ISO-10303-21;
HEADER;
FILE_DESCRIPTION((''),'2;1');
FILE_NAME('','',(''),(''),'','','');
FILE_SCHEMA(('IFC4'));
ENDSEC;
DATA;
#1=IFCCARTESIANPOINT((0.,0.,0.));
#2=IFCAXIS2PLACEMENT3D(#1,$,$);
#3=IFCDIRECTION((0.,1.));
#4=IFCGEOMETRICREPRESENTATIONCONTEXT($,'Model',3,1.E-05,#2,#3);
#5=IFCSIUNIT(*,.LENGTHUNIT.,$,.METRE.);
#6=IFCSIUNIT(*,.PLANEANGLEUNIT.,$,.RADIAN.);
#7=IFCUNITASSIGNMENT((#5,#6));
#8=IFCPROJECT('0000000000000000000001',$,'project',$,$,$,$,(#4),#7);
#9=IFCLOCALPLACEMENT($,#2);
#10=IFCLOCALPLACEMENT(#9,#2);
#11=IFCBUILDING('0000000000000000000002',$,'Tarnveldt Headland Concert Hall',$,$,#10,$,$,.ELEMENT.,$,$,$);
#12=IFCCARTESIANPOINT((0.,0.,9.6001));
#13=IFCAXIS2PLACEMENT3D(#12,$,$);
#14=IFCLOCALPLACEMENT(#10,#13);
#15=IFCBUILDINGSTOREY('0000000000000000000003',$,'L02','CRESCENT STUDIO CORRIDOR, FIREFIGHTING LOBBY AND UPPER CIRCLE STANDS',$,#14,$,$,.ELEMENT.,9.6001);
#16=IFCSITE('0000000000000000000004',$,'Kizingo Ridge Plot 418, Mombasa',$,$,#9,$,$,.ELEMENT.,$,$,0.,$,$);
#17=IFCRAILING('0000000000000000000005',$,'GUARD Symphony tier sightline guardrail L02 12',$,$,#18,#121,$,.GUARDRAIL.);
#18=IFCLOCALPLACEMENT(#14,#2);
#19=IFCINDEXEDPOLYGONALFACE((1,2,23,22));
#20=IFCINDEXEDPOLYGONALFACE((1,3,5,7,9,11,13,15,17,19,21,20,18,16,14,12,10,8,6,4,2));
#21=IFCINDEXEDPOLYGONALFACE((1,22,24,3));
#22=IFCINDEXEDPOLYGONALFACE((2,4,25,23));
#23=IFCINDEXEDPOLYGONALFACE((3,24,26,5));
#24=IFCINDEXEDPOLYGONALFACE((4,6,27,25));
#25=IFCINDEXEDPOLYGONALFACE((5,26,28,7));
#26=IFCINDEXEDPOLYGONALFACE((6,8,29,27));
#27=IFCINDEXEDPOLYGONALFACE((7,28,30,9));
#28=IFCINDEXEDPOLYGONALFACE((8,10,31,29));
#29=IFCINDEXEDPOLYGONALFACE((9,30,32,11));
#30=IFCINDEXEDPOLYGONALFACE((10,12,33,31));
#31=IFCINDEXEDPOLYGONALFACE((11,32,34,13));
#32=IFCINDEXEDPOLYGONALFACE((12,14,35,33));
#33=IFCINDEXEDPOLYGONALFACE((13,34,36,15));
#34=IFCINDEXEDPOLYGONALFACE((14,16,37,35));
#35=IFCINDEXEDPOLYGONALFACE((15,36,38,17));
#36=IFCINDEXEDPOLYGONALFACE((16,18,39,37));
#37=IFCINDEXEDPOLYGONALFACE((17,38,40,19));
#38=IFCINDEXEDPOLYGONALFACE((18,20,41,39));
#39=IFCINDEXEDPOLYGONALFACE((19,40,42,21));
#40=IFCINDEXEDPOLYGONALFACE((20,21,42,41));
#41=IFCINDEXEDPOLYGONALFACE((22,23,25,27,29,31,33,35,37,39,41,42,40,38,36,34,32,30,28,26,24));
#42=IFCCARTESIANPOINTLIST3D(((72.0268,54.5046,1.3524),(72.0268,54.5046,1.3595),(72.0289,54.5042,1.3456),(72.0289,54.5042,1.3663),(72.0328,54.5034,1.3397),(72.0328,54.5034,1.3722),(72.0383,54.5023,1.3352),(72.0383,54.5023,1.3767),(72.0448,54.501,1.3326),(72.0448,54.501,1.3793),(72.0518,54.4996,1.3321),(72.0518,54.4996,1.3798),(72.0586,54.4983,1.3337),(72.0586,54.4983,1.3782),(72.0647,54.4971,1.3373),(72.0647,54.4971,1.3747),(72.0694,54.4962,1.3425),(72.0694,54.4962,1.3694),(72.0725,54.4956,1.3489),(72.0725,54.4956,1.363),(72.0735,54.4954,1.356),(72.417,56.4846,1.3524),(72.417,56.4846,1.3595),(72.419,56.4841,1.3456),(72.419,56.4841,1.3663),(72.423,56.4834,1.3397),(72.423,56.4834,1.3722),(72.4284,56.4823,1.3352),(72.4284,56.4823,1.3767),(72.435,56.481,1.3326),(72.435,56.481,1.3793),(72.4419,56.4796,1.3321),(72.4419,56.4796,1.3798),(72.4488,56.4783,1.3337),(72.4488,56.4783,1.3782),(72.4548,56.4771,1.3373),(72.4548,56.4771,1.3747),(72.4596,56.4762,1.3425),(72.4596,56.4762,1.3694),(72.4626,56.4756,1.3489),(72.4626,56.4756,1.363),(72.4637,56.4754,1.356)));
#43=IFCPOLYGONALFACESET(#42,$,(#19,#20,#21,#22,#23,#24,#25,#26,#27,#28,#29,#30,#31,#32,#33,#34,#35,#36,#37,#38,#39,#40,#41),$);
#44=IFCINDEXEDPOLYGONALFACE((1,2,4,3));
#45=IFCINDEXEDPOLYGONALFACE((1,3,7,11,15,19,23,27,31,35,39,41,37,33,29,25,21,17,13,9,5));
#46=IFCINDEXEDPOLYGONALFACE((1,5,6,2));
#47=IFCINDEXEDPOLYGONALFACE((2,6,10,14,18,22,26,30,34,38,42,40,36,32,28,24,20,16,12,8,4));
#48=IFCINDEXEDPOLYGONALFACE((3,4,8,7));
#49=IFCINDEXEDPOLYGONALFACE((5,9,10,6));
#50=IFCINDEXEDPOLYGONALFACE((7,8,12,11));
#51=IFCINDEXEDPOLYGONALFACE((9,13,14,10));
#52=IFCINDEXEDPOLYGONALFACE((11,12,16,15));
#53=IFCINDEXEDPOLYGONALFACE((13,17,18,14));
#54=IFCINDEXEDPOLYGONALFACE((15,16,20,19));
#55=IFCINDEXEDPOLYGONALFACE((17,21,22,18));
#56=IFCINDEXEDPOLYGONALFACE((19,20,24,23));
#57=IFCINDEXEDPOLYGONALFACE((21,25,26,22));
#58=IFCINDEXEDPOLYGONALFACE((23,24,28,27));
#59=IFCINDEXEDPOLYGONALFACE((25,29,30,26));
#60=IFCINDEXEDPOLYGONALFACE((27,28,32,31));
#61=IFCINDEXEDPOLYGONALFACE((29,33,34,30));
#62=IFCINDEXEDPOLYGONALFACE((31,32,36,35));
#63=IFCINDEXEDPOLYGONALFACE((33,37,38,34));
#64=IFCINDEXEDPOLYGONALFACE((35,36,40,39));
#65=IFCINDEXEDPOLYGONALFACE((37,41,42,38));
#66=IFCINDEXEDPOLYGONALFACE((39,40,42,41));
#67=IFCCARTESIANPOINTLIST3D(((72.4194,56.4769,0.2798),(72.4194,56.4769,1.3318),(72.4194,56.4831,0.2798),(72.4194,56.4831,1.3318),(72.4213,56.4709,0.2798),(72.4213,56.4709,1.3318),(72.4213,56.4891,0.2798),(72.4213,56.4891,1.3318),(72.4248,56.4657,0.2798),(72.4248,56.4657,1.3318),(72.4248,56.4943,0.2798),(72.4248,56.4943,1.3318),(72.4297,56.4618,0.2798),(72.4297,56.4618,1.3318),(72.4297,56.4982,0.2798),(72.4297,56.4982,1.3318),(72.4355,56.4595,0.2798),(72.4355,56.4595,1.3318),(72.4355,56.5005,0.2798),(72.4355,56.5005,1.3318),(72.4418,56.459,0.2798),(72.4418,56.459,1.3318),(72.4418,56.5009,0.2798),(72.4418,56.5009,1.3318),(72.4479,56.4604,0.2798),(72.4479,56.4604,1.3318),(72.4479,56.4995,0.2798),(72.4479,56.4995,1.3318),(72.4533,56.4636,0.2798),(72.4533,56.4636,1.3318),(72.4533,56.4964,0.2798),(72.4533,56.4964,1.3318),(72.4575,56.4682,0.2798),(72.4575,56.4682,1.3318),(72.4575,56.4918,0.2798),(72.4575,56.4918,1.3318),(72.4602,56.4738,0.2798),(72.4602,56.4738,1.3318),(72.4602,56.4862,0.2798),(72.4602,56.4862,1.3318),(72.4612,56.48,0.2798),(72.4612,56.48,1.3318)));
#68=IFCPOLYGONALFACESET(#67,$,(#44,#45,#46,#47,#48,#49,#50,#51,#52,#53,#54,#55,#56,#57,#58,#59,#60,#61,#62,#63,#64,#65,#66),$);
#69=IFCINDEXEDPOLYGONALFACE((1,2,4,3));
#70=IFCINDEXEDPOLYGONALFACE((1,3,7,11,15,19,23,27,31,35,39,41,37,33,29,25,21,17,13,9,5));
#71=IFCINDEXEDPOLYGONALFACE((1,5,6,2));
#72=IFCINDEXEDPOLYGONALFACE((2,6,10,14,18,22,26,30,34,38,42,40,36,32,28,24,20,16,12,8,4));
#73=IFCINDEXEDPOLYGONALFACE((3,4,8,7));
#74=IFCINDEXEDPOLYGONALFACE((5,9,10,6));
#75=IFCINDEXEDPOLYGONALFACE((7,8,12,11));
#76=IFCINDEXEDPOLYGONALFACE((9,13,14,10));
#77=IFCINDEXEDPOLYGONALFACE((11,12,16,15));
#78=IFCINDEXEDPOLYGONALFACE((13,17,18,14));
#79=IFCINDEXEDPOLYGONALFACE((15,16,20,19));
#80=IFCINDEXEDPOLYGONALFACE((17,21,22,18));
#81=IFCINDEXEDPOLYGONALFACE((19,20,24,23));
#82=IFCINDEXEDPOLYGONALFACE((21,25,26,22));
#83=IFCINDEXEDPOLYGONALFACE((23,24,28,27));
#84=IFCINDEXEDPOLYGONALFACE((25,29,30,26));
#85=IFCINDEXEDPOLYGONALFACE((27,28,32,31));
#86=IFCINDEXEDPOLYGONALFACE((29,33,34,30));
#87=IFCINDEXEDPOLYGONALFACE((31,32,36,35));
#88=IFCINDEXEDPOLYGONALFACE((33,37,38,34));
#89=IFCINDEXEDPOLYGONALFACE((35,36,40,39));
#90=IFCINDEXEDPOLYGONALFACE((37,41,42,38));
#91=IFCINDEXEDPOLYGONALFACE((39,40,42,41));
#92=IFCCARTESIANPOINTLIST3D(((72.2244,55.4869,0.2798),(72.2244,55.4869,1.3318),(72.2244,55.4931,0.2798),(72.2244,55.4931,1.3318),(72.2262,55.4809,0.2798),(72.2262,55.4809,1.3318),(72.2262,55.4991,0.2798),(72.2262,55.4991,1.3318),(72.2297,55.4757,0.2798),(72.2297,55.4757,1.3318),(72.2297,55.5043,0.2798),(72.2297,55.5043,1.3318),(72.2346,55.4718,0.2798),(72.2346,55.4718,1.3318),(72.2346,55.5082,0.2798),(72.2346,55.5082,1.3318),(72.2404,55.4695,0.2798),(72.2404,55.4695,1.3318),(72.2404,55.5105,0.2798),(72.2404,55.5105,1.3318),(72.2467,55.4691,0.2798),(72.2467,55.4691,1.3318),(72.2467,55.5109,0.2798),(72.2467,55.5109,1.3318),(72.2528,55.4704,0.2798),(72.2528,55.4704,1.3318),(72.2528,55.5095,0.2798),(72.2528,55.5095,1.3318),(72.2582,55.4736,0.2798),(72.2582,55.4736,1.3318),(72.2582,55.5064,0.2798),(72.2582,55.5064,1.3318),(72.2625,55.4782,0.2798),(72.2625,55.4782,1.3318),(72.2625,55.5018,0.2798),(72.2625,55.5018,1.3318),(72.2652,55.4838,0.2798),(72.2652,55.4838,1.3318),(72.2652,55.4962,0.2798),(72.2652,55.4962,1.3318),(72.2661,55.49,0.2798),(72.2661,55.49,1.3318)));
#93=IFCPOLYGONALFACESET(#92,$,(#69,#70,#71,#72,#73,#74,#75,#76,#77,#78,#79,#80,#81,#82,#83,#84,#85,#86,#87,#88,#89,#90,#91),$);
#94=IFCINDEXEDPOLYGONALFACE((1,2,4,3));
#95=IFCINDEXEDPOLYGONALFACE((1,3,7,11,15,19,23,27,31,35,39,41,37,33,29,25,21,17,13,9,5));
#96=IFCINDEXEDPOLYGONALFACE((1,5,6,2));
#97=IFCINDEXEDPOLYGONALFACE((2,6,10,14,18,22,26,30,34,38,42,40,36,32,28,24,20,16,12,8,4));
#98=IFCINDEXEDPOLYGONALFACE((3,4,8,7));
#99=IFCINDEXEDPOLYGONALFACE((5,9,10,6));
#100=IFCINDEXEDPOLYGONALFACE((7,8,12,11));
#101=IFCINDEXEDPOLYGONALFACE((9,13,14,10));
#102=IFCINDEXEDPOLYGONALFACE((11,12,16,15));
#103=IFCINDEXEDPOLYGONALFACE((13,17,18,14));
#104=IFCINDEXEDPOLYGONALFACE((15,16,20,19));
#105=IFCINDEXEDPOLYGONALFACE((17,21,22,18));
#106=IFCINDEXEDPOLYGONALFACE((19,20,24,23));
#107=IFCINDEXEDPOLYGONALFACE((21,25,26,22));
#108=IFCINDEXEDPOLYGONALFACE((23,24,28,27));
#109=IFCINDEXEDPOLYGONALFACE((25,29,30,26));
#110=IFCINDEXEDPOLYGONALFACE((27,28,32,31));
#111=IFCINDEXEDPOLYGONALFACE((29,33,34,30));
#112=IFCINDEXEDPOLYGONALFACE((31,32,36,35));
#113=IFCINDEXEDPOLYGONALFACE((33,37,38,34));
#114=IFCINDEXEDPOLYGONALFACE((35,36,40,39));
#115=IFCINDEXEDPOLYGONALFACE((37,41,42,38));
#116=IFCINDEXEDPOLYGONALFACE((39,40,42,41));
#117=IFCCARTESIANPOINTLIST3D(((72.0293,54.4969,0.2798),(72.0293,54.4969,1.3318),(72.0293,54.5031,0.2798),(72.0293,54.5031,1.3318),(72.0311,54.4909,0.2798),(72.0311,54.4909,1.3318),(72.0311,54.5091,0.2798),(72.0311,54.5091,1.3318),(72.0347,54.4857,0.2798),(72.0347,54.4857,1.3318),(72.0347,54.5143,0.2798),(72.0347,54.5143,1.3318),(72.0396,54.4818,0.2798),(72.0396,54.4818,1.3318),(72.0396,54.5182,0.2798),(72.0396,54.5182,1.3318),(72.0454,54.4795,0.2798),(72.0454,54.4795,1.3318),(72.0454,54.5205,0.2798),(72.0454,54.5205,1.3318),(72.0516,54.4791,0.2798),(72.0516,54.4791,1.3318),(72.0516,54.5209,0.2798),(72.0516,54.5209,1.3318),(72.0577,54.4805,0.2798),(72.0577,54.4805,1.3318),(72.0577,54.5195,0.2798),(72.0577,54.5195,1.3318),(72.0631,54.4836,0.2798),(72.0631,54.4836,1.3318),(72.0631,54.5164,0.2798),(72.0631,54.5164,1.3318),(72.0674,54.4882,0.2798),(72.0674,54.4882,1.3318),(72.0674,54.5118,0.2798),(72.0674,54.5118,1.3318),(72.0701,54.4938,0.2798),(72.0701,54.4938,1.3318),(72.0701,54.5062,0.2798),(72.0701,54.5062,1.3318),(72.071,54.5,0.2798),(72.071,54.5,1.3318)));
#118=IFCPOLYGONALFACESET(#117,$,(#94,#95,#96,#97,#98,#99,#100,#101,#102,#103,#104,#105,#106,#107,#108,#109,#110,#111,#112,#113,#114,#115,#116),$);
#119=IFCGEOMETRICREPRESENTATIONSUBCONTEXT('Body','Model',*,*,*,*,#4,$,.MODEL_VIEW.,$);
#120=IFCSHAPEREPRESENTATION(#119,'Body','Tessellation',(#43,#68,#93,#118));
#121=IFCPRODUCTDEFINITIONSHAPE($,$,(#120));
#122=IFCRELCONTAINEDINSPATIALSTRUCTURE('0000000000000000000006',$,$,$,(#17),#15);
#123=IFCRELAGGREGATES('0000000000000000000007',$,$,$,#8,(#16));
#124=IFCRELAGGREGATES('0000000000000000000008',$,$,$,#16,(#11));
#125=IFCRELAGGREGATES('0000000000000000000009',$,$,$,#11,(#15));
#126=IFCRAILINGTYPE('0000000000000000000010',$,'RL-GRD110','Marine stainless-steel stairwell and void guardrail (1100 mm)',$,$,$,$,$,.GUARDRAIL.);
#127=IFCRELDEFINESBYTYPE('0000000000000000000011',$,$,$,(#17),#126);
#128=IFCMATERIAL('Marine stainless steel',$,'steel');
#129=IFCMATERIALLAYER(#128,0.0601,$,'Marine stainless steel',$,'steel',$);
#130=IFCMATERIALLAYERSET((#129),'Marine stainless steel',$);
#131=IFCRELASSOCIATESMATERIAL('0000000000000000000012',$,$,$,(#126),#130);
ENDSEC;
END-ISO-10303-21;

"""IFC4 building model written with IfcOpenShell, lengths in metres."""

from ifc_helpers import new_model, si_unit, direction, frame, origin, origin_2d, place, context, subcontext, project, spatial, circle, extrude, material, layer, layer_set, type_object, element, save


model = new_model("IFC4")

# Units and contexts
model_context = context("Model", 3, precision=1e-05, world=origin(), true_north=direction((0.0, 1.0)))
body_context = subcontext(model_context, "Body", "Model", "MODEL_VIEW")
ifc_project = project(units=[si_unit("LENGTHUNIT", "METRE"), si_unit("PLANEANGLEUNIT", "RADIAN")], contexts=[model_context])

# Site, building, storey
site_placement = place(None, origin())
site = spatial("IfcSite", under=ifc_project, at=site_placement, Name="Kizingo Ridge Plot 418, Mombasa", CompositionType="ELEMENT", RefElevation=0.0)
building_placement = place(site_placement, origin())
building = spatial("IfcBuilding", under=site, at=building_placement, Name="Tarnveldt Headland Concert Hall", CompositionType="ELEMENT")
storey_placement = place(building_placement, frame((0.0, 0.0, 9.6001)))
storey = spatial("IfcBuildingStorey", under=building, at=storey_placement, Name="L02", Description="CRESCENT STUDIO CORRIDOR, FIREFIGHTING LOBBY AND UPPER CIRCLE STANDS", CompositionType="ELEMENT", Elevation=9.6001)

# Railing
ifc_material_1 = material(Name="Marine stainless steel", Category="steel")
ifc_layer = layer(ifc_material_1, 0.0601, Name="Marine stainless steel", Category="steel")
ifc_layer_set = layer_set([ifc_layer], Name="Marine stainless steel")
railing_type = type_object("IfcRailingType", Name="RL-GRD110", Description="Marine stainless-steel stairwell and void guardrail (1100 mm)", PredefinedType="GUARDRAIL", material=ifc_layer_set)
railing_1_placement = place(storey_placement, frame((72.4402, 56.48, 0.2798)))
element("IfcRailing", 1, at=railing_1_placement, inside=storey, type_object=railing_type, Name="GUARD Symphony tier sightline guardrail L02 12", PredefinedType="GUARDRAIL", context=body_context, shape_type="SweptSolid", body=[
    extrude(circle(Radius=0.0239, at=origin_2d()), frame((0.0, 0.0, 1.0762), z_axis=(-0.193324, -0.981135, 0.0), x_axis=(0.981135, -0.193324, 0.0)), (0.0, 0.0, 1.0), 2.0181),
    extrude(circle(Radius=0.021, at=origin_2d()), origin(), (0.0, 0.0, 1.0), 1.052),
    extrude(circle(Radius=0.021, at=origin_2d()), frame((-0.1951, -0.99, 0.0)), (0.0, 0.0, 1.0), 1.052),
    extrude(circle(Radius=0.021, at=origin_2d()), frame((-0.3901, -1.98, 0.0)), (0.0, 0.0, 1.0), 1.052),
])

save(model, "model.ifc")
